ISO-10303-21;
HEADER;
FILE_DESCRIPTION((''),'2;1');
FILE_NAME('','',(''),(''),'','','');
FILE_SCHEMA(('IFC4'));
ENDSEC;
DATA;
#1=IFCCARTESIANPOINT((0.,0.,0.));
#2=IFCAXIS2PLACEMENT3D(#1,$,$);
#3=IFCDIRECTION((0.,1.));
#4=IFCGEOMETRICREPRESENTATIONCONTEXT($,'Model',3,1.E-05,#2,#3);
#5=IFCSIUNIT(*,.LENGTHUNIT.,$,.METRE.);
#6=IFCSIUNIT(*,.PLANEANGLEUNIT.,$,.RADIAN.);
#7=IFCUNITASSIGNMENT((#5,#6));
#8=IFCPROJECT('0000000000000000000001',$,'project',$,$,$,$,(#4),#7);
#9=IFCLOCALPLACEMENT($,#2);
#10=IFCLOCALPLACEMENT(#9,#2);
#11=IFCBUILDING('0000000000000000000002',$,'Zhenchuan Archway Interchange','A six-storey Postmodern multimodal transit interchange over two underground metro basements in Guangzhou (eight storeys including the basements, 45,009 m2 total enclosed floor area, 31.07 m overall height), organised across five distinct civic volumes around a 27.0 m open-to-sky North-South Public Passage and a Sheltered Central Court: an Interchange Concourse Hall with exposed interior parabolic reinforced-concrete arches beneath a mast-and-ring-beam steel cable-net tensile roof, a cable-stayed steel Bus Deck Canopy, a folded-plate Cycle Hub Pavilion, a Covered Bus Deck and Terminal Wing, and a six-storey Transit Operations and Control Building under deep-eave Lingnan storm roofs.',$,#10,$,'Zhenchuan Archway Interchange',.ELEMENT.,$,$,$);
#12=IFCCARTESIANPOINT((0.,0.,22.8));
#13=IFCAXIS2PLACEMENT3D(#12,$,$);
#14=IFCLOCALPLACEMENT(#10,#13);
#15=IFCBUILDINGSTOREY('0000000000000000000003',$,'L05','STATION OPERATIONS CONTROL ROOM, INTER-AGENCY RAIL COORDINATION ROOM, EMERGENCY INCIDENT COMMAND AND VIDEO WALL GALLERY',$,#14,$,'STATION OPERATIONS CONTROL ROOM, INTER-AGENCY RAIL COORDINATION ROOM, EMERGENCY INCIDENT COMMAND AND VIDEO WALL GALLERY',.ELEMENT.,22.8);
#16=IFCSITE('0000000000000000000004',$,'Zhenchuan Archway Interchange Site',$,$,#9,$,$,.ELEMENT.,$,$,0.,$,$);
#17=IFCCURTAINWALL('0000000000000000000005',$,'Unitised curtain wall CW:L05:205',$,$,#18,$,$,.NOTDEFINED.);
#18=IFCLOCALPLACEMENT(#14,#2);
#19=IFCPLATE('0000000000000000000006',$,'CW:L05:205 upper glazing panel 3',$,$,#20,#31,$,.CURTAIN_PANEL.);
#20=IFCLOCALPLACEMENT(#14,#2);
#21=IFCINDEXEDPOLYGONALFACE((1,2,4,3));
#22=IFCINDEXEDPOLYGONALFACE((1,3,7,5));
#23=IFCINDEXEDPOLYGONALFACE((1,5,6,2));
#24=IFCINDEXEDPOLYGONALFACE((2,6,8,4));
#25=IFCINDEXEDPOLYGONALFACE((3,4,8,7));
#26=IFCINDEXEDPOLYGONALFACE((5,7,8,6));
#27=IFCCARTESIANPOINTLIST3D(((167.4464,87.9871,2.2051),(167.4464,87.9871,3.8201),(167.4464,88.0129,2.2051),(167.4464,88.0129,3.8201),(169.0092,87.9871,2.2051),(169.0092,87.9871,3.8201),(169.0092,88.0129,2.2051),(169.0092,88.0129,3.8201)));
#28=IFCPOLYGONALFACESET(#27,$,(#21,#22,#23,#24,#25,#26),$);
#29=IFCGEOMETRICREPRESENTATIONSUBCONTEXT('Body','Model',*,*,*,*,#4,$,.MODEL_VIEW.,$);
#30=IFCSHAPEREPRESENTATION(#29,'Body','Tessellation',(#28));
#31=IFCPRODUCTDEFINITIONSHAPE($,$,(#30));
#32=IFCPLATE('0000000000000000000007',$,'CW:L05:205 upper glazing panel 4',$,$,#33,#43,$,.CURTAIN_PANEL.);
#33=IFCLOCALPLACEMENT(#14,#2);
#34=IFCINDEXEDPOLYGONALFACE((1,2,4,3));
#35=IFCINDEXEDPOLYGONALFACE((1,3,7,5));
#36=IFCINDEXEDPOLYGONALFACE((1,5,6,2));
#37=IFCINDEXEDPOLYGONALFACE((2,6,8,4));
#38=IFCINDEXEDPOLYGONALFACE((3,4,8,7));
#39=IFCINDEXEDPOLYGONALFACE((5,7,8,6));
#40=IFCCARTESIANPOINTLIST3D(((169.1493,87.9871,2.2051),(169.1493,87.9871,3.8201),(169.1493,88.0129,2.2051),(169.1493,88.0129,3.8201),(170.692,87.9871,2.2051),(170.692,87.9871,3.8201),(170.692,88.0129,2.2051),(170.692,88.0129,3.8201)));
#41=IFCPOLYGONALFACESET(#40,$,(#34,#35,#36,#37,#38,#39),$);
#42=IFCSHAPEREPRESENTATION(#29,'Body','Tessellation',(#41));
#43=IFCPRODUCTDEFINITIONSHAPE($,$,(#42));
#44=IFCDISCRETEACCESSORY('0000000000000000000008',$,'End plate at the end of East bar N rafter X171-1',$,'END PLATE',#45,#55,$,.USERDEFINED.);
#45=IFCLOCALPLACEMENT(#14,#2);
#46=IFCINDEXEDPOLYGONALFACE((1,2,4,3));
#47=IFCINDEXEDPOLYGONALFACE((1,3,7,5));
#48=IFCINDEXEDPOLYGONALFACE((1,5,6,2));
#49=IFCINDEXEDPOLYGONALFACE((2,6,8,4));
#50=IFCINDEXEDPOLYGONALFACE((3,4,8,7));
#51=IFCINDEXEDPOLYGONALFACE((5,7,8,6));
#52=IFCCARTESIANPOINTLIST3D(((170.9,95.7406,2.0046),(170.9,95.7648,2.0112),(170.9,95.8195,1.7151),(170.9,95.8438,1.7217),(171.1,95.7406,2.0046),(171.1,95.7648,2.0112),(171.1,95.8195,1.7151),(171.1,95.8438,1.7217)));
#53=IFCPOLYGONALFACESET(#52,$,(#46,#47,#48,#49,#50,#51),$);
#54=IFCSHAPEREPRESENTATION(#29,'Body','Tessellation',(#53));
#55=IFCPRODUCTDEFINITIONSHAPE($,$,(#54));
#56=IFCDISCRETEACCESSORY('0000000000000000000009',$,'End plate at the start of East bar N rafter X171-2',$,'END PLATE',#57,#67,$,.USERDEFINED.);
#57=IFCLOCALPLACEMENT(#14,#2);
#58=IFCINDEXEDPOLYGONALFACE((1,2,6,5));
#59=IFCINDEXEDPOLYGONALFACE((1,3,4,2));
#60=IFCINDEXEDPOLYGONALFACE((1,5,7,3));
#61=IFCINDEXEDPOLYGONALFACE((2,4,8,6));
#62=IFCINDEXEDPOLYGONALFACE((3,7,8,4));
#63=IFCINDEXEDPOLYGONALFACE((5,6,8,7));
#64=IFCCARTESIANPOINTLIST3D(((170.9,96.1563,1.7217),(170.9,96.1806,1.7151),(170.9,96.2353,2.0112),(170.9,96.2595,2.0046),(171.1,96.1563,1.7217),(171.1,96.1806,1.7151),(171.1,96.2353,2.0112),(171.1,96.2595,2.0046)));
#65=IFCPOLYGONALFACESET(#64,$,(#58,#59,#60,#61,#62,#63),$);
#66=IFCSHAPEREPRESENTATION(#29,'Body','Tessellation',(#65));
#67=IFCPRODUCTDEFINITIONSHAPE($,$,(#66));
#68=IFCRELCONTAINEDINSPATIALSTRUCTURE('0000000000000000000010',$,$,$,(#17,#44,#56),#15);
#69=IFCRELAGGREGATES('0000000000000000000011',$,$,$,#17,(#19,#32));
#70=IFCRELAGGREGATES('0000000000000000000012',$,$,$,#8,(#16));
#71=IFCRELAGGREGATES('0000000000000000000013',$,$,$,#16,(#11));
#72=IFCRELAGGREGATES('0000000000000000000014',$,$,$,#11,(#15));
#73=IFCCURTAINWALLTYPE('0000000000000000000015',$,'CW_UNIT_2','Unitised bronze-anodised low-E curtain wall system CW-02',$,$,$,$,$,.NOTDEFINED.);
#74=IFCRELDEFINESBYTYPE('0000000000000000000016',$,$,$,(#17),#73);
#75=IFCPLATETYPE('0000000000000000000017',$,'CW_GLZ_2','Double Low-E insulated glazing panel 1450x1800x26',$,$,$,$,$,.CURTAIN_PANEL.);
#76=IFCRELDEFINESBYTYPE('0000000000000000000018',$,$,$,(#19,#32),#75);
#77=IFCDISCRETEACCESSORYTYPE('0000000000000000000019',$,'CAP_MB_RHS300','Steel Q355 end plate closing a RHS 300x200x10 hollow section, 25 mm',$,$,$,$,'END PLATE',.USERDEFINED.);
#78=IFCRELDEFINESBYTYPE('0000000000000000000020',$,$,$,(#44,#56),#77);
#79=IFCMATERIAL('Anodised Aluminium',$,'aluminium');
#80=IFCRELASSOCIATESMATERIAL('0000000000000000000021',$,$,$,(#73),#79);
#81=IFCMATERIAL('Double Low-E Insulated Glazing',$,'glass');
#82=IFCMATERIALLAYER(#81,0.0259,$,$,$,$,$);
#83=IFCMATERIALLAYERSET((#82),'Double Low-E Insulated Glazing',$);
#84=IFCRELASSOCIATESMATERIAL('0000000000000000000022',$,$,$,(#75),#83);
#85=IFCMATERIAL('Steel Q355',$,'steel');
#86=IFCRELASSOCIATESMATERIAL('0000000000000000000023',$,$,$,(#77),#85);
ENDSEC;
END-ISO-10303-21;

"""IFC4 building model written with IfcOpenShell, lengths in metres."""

from ifc_helpers import new_model, si_unit, direction, frame, origin, origin_2d, place, context, subcontext, project, spatial, rectangle, extrude, material, layer, layer_set, type_object, element, aggregate, save


model = new_model("IFC4")

# Units and contexts
model_context = context("Model", 3, precision=1e-05, world=origin(), true_north=direction((0.0, 1.0)))
body_context = subcontext(model_context, "Body", "Model", "MODEL_VIEW")
ifc_project = project(units=[si_unit("LENGTHUNIT", "METRE"), si_unit("PLANEANGLEUNIT", "RADIAN")], contexts=[model_context])

# Site, building, storey
site_placement = place(None, origin())
site = spatial("IfcSite", under=ifc_project, at=site_placement, Name="Zhenchuan Archway Interchange Site", CompositionType="ELEMENT", RefElevation=0.0)
building_placement = place(site_placement, origin())
building = spatial("IfcBuilding", under=site, at=building_placement, Name="Zhenchuan Archway Interchange", Description="A six-storey Postmodern multimodal transit interchange over two underground metro basements in Guangzhou (eight storeys including the basements, 45,009 m2 total enclosed floor area, 31.07 m overall height), organised across five distinct civic volumes around a 27.0 m open-to-sky North-South Public Passage and a Sheltered Central Court: an Interchange Concourse Hall with exposed interior parabolic reinforced-concrete arches beneath a mast-and-ring-beam steel cable-net tensile roof, a cable-stayed steel Bus Deck Canopy, a folded-plate Cycle Hub Pavilion, a Covered Bus Deck and Terminal Wing, and a six-storey Transit Operations and Control Building under deep-eave Lingnan storm roofs.", LongName="Zhenchuan Archway Interchange", CompositionType="ELEMENT")
storey_placement = place(building_placement, frame((0.0, 0.0, 22.8)))
storey = spatial("IfcBuildingStorey", under=building, at=storey_placement, Name="L05", Description="STATION OPERATIONS CONTROL ROOM, INTER-AGENCY RAIL COORDINATION ROOM, EMERGENCY INCIDENT COMMAND AND VIDEO WALL GALLERY", LongName="STATION OPERATIONS CONTROL ROOM, INTER-AGENCY RAIL COORDINATION ROOM, EMERGENCY INCIDENT COMMAND AND VIDEO WALL GALLERY", CompositionType="ELEMENT", Elevation=22.8)

# Shared definitions
ifc_material_1 = material(Name="Steel Q355", Category="steel")

# Curtain wall
ifc_material_2 = material(Name="Anodised Aluminium", Category="aluminium")
curtain_wall_type = type_object("IfcCurtainWallType", Name="CW_UNIT_2", Description="Unitised bronze-anodised low-E curtain wall system CW-02", PredefinedType="NOTDEFINED", material=ifc_material_2)
curtain_wall_placement = place(storey_placement, origin())
curtain_wall = element("IfcCurtainWall", 1, at=curtain_wall_placement, inside=storey, type_object=curtain_wall_type, Name="Unitised curtain wall CW:L05:205", PredefinedType="NOTDEFINED")

# Plates
ifc_material_3 = material(Name="Double Low-E Insulated Glazing", Category="glass")
ifc_layer_1 = layer(ifc_material_3, 0.0259)
ifc_layer_set_1 = layer_set([ifc_layer_1], Name="Double Low-E Insulated Glazing")
plate_type_1 = type_object("IfcPlateType", Name="CW_GLZ_2", Description="Double Low-E insulated glazing panel 1450x1800x26", PredefinedType="CURTAIN_PANEL", material=ifc_layer_set_1)
plate_1_placement = place(storey_placement, frame((168.2278, 88.0, 2.2051), z_axis=(0.0, 0.0, 1.0), x_axis=(1.0, 0.0, 0.0)))
plate_1 = element("IfcPlate", 2, at=plate_1_placement, type_object=plate_type_1, Name="CW:L05:205 upper glazing panel 3", PredefinedType="CURTAIN_PANEL", context=body_context, shape_type="SweptSolid", body=[
    extrude(rectangle(XDim=1.5627, YDim=0.0259, at=origin_2d()), origin(), (0.0, 0.0, 1.0), 1.615),
])
plate_2_placement = place(storey_placement, frame((169.9207, 88.0, 2.2051), z_axis=(0.0, 0.0, 1.0), x_axis=(1.0, 0.0, 0.0)))
plate_2 = element("IfcPlate", 3, at=plate_2_placement, type_object=plate_type_1, Name="CW:L05:205 upper glazing panel 4", PredefinedType="CURTAIN_PANEL", context=body_context, shape_type="SweptSolid", body=[
    extrude(rectangle(XDim=1.5427, YDim=0.0259, at=origin_2d()), origin(), (0.0, 0.0, 1.0), 1.615),
])
aggregate(curtain_wall, [plate_1, plate_2])

# Discrete accessories
discrete_accessory_type = type_object("IfcDiscreteAccessoryType", Name="CAP_MB_RHS300", Description="Steel Q355 end plate closing a RHS 300x200x10 hollow section, 25 mm", ElementType="END PLATE", PredefinedType="USERDEFINED", material=ifc_material_1)
for number, where, z_axis, x_axis, name in (
    (4, (171.0, 95.78, 1.8599), (0.0, 0.964764, 0.263117), (-1.0, 0.0, 0.0), "End plate at the end of East bar N rafter X171-1"),
    (5, (171.0, 96.1958, 1.8665), (0.0, 0.964764, -0.263117), (-1.0, 0.0, 0.0), "End plate at the start of East bar N rafter X171-2"),
):
    element("IfcDiscreteAccessory", number, at=place(storey_placement, frame(where, z_axis=z_axis, x_axis=x_axis)), inside=storey, type_object=discrete_accessory_type, Name=name, ObjectType="END PLATE", PredefinedType="USERDEFINED", context=body_context, shape_type="SweptSolid", body=[
        extrude(rectangle(XDim=0.2, YDim=0.3, at=origin_2d()), origin(), (0.0, 0.0, 1.0), 0.0251),
    ])

save(model, "model.ifc")
